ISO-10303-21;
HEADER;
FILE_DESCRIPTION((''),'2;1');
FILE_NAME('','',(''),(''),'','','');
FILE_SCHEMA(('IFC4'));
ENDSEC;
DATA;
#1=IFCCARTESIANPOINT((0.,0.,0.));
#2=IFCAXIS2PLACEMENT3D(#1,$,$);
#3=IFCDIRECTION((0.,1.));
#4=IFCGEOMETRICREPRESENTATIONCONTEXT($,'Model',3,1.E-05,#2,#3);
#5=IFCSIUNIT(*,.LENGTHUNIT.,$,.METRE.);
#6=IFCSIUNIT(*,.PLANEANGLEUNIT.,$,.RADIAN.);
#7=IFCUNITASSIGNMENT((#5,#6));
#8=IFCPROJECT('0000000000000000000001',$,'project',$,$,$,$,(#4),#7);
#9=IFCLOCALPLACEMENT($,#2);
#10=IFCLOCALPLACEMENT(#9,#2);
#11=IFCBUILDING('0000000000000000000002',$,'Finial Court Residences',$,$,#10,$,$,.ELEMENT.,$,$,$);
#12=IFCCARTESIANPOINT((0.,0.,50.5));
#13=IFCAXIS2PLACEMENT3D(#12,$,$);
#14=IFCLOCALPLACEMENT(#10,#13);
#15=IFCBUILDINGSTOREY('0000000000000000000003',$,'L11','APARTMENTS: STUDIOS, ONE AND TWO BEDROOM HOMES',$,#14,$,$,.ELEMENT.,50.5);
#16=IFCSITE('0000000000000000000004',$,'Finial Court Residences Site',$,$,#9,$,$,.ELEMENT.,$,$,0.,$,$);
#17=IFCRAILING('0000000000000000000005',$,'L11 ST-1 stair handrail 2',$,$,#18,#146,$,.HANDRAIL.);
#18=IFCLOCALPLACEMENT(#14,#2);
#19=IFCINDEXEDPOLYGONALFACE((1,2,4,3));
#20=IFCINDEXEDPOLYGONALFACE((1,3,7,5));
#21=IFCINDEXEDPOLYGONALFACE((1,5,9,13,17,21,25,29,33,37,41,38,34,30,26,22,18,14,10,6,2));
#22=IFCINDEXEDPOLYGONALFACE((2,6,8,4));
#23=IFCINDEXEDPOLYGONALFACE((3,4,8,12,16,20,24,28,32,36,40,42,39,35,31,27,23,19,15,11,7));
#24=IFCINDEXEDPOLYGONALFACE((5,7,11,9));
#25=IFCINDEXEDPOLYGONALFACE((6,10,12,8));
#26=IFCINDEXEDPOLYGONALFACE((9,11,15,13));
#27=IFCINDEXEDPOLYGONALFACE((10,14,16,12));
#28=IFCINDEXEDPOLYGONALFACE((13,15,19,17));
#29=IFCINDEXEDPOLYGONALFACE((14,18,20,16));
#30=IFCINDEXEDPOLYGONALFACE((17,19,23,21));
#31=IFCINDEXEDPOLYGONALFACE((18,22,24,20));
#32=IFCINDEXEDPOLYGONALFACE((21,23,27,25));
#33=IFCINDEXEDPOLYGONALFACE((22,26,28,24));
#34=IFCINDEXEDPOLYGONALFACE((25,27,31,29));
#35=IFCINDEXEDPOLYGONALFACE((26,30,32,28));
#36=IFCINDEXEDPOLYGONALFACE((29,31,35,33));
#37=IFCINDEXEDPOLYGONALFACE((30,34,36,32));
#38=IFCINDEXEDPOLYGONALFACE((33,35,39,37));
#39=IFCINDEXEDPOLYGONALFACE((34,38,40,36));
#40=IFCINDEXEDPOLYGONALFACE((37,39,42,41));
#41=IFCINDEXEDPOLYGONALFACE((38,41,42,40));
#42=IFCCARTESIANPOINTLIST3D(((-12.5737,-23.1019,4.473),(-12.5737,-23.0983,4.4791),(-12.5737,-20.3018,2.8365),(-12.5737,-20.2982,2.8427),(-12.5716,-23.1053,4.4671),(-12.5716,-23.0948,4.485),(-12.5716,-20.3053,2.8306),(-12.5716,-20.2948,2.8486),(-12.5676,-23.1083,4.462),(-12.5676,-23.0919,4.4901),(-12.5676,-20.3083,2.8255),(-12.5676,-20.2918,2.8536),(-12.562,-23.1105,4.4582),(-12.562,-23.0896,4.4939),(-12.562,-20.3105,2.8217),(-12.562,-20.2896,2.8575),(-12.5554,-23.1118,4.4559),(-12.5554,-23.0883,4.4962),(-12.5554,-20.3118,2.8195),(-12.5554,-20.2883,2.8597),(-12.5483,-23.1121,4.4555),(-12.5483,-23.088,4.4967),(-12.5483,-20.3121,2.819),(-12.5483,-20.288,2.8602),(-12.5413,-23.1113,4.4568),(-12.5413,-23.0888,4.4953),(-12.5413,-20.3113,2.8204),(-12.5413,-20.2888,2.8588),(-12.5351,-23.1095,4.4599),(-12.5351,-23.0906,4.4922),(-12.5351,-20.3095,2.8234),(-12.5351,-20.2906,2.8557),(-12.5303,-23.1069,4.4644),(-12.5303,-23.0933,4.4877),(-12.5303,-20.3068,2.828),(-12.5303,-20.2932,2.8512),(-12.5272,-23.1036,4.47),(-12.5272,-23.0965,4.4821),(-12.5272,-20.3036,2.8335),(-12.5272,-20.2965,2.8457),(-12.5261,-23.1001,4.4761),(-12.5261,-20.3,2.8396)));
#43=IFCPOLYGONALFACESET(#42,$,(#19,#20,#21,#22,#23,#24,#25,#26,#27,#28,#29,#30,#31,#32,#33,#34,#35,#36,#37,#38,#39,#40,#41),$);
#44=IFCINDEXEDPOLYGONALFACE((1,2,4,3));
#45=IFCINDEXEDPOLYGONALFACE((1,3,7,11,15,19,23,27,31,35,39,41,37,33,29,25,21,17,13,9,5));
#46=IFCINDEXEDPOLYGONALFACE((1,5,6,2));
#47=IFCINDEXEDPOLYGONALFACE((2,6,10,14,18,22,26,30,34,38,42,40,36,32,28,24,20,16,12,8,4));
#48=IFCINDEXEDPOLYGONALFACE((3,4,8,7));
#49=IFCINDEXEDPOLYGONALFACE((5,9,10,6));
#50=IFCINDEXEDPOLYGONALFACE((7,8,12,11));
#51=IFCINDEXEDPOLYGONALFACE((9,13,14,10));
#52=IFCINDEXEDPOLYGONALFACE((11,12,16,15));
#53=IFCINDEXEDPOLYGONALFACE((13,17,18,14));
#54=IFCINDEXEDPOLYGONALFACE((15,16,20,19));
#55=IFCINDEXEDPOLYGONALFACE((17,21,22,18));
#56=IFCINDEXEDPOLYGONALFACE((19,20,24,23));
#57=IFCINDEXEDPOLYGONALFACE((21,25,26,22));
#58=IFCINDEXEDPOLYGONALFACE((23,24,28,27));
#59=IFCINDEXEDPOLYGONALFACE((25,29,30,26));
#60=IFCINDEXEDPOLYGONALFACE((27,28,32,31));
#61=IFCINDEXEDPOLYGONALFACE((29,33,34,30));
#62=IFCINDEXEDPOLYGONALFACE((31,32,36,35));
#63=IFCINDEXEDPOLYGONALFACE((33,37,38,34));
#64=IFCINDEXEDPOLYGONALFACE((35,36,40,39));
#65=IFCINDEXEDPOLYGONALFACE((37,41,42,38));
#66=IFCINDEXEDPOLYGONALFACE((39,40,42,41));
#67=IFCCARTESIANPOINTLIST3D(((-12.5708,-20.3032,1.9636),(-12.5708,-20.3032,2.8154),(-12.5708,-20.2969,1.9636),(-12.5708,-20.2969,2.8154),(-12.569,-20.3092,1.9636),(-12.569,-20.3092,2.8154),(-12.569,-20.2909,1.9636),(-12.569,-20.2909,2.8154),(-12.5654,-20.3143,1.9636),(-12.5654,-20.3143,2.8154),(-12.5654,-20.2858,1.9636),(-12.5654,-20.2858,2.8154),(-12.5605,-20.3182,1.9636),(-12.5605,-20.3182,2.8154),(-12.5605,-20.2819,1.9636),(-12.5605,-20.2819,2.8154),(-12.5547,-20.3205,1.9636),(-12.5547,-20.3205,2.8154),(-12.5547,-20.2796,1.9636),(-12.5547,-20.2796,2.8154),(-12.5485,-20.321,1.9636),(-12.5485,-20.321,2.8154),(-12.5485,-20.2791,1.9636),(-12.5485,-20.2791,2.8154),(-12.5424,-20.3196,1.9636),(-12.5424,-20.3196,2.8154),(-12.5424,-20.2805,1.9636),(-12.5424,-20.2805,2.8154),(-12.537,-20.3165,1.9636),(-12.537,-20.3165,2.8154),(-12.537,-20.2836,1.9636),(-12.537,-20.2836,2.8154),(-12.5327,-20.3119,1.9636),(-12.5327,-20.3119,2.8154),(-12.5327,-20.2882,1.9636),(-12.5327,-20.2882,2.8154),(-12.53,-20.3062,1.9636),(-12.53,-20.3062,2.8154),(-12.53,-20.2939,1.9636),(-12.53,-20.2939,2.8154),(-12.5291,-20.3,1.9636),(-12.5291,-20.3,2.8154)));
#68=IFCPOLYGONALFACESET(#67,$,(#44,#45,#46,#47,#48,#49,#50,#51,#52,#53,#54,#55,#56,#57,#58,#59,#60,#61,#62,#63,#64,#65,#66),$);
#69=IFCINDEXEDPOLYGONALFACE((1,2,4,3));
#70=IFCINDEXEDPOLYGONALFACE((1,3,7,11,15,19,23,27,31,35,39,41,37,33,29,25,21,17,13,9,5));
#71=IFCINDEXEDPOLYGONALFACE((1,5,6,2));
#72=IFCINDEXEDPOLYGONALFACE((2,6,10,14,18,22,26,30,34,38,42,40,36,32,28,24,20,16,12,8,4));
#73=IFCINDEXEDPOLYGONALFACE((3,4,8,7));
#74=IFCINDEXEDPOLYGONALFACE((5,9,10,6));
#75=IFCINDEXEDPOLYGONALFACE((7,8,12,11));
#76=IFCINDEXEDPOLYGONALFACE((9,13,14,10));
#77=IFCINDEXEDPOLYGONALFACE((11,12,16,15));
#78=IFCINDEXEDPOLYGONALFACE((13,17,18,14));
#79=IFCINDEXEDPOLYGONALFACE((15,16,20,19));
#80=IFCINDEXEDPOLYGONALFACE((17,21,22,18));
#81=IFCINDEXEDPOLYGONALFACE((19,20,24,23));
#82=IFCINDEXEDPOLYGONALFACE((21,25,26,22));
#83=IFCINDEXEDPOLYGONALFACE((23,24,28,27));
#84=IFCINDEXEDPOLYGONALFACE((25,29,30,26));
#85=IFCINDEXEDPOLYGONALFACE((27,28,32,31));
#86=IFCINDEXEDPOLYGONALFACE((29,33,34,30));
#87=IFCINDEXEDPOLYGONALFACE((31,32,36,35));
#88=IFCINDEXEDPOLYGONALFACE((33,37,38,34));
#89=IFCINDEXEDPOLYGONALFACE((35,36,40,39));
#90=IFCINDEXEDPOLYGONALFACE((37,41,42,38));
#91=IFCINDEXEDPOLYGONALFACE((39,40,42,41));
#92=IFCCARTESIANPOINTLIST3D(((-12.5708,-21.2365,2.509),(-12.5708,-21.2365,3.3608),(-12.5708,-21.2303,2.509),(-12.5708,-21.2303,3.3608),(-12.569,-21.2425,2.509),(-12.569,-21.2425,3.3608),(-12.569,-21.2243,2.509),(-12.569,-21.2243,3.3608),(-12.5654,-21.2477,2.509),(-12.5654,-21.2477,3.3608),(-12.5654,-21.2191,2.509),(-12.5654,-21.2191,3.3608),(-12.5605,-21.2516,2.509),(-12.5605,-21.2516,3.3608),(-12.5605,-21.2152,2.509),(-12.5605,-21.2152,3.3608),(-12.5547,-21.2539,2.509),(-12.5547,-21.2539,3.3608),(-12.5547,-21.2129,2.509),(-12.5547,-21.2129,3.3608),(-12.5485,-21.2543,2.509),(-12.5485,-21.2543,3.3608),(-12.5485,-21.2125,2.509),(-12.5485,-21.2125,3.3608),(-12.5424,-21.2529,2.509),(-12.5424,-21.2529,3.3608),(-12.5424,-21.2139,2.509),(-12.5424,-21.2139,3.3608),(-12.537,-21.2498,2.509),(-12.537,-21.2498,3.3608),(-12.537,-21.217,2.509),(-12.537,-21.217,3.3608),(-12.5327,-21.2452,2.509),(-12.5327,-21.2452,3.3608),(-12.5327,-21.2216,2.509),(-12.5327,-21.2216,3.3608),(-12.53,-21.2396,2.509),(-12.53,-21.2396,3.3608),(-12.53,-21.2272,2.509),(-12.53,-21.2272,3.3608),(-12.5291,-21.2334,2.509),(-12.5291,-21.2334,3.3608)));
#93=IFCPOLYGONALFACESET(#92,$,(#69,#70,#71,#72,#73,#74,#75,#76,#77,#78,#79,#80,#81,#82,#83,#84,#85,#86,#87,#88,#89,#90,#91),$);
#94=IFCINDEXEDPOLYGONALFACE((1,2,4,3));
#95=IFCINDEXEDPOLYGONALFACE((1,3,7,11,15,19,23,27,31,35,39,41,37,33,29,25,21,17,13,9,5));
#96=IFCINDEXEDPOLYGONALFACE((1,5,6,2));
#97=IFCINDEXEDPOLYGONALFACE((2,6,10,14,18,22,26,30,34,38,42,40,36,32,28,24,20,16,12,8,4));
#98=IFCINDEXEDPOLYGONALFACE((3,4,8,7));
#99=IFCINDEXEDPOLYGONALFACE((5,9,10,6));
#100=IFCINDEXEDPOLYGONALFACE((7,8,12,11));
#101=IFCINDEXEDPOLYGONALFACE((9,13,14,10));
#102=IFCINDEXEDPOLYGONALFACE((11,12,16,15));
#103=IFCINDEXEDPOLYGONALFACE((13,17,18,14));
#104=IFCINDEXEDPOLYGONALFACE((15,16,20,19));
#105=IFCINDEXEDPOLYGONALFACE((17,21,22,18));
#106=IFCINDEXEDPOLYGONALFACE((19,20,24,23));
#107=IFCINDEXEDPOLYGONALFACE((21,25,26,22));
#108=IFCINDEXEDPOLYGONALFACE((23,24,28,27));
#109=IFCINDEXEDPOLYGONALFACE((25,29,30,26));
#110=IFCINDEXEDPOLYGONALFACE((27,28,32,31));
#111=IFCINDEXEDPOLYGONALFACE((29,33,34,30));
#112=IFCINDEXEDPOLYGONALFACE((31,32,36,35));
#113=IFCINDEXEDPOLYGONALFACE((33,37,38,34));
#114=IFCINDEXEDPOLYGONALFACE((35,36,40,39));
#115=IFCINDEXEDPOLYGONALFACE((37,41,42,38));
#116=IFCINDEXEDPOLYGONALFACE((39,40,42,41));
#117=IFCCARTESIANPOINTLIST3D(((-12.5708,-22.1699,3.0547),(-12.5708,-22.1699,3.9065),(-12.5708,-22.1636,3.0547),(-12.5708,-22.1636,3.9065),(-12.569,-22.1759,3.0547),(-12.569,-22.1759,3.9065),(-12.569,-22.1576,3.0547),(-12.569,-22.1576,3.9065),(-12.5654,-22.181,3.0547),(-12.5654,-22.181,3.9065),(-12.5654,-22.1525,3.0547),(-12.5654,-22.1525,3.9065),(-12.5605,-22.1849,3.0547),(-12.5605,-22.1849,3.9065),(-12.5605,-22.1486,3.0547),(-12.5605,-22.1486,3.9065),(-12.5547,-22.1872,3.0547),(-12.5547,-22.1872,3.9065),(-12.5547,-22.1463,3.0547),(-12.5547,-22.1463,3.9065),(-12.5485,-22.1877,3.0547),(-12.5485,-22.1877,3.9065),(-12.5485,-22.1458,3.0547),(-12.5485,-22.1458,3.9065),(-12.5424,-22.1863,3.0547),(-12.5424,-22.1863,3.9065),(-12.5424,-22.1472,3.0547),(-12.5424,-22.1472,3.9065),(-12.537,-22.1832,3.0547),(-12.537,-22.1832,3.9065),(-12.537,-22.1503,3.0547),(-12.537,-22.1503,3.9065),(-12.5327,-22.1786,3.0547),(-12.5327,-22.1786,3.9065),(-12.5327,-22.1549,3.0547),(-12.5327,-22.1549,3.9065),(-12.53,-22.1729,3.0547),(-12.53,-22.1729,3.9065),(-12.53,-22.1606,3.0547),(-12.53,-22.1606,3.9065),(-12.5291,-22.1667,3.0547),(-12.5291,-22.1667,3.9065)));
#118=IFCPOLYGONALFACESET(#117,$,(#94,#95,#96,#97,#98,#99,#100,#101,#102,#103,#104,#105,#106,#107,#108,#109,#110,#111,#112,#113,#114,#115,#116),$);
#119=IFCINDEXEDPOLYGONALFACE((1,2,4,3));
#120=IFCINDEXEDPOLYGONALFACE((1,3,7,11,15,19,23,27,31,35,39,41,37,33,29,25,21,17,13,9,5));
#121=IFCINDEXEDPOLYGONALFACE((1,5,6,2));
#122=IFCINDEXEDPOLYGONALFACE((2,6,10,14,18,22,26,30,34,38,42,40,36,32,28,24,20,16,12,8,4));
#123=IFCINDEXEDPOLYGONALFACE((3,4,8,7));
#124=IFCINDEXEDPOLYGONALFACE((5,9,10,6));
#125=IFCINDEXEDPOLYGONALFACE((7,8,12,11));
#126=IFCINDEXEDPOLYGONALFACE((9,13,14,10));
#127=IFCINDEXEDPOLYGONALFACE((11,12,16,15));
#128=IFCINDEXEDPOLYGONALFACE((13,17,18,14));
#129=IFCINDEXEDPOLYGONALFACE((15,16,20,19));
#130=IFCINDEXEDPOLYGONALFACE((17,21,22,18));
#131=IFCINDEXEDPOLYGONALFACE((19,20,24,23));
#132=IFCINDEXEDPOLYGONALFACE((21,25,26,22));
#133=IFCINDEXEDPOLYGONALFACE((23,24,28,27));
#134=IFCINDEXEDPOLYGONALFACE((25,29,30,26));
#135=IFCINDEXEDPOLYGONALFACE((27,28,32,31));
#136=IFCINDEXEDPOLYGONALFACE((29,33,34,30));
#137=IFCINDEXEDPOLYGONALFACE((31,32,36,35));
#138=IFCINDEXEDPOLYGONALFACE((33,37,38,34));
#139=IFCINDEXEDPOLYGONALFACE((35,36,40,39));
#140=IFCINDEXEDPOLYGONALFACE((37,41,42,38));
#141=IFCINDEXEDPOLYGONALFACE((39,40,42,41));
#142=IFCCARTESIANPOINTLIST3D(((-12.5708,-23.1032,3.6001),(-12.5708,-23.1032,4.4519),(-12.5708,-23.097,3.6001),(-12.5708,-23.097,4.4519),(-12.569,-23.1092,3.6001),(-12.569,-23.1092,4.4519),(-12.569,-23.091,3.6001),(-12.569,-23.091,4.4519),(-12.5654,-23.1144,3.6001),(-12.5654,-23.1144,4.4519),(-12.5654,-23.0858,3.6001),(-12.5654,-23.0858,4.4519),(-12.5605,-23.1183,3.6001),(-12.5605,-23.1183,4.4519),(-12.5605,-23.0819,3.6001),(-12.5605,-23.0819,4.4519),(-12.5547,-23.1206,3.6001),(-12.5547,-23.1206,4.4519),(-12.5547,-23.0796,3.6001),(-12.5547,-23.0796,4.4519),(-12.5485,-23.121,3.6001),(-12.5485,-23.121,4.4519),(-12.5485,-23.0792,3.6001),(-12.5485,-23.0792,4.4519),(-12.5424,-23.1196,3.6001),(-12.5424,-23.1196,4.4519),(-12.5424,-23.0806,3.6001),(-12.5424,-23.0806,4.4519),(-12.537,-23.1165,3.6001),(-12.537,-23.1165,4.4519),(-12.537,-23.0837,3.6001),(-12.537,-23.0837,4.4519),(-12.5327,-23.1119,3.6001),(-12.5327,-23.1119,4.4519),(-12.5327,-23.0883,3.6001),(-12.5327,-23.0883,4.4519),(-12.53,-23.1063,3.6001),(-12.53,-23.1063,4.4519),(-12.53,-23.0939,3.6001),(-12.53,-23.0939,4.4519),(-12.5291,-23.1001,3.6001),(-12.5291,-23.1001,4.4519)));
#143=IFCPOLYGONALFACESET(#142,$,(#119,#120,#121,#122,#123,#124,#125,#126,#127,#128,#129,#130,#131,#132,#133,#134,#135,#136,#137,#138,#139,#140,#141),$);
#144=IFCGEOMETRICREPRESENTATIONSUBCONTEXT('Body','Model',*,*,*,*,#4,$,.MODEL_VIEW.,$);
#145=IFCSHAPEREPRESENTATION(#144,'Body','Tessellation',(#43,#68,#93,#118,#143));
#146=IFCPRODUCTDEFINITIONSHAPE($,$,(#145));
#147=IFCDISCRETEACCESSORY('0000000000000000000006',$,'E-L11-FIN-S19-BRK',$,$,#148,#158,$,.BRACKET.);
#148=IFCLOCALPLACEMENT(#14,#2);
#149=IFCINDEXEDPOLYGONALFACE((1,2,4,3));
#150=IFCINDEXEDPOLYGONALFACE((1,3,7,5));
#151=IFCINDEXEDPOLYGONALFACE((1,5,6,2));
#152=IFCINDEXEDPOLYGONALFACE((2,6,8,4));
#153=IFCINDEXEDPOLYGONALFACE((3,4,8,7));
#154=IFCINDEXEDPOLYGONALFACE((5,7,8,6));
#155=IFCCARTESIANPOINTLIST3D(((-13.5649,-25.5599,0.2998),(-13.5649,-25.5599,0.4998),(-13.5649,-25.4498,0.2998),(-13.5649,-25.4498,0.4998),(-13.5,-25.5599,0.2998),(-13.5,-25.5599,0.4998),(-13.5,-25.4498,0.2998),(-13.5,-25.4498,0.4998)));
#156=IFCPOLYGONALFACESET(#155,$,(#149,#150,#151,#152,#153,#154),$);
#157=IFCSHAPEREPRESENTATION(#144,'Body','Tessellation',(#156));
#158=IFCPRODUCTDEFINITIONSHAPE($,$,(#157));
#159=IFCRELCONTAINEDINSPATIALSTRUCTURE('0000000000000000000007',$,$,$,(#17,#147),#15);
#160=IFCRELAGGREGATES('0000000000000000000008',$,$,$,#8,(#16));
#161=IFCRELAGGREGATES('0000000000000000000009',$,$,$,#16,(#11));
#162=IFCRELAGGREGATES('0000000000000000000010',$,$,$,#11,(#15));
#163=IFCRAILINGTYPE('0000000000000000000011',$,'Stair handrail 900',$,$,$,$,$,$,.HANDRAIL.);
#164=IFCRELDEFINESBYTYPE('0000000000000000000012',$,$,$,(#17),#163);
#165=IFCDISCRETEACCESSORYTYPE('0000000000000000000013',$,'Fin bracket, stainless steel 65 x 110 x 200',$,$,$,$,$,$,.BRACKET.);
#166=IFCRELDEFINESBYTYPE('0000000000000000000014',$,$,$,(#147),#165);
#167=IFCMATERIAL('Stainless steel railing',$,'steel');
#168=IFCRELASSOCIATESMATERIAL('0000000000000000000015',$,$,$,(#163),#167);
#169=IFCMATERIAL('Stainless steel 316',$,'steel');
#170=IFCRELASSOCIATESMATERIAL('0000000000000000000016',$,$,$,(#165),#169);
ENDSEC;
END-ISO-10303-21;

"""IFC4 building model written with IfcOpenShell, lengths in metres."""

from ifc_helpers import new_model, si_unit, direction, frame, origin, origin_2d, place, context, subcontext, project, spatial, rectangle, circle, extrude, material, type_object, element, save


model = new_model("IFC4")

# Units and contexts
model_context = context("Model", 3, precision=1e-05, world=origin(), true_north=direction((0.0, 1.0)))
body_context = subcontext(model_context, "Body", "Model", "MODEL_VIEW")
ifc_project = project(units=[si_unit("LENGTHUNIT", "METRE"), si_unit("PLANEANGLEUNIT", "RADIAN")], contexts=[model_context])

# Site, building, storey
site_placement = place(None, origin())
site = spatial("IfcSite", under=ifc_project, at=site_placement, Name="Finial Court Residences Site", CompositionType="ELEMENT", RefElevation=0.0)
building_placement = place(site_placement, origin())
building = spatial("IfcBuilding", under=site, at=building_placement, Name="Finial Court Residences", CompositionType="ELEMENT")
storey_placement = place(building_placement, frame((0.0, 0.0, 50.5)))
storey = spatial("IfcBuildingStorey", under=building, at=storey_placement, Name="L11", Description="APARTMENTS: STUDIOS, ONE AND TWO BEDROOM HOMES", CompositionType="ELEMENT", Elevation=50.5)

# Railing
ifc_material_1 = material(Name="Stainless steel railing", Category="steel")
railing_type_1 = type_object("IfcRailingType", Name="Stair handrail 900", PredefinedType="HANDRAIL", material=ifc_material_1)
railing_1_placement = place(storey_placement, frame((-12.55, -20.3, 1.9636)))
element("IfcRailing", 1, at=railing_1_placement, inside=storey, type_object=railing_type_1, Name="L11 ST-1 stair handrail 2", PredefinedType="HANDRAIL", context=body_context, shape_type="SweptSolid", body=[
    extrude(circle(Radius=0.0239, at=origin_2d()), frame((0.0, 0.0, 0.876), z_axis=(0.0, -0.863361, 0.504587), x_axis=(1.0, 0.0, 0.0)), (0.0, 0.0, 1.0), 3.2432),
    extrude(circle(Radius=0.021, at=origin_2d()), origin(), (0.0, 0.0, 1.0), 0.8518),
    extrude(circle(Radius=0.021, at=origin_2d()), frame((0.0, -0.9333, 0.5454)), (0.0, 0.0, 1.0), 0.8518),
    extrude(circle(Radius=0.021, at=origin_2d()), frame((0.0, -1.8667, 1.0911)), (0.0, 0.0, 1.0), 0.8518),
    extrude(circle(Radius=0.021, at=origin_2d()), frame((0.0, -2.8, 1.6365)), (0.0, 0.0, 1.0), 0.8518),
])

# Discrete accessory
ifc_material_2 = material(Name="Stainless steel 316", Category="steel")
discrete_accessory_type = type_object("IfcDiscreteAccessoryType", Name="Fin bracket, stainless steel 65 x 110 x 200", PredefinedType="BRACKET", material=ifc_material_2)
discrete_accessory_placement = place(storey_placement, frame((-13.5325, -25.5049, 0.2998), z_axis=(0.0, 0.0, 1.0), x_axis=(1.0, 0.0, 0.0)))
element("IfcDiscreteAccessory", 2, at=discrete_accessory_placement, inside=storey, type_object=discrete_accessory_type, Name="E-L11-FIN-S19-BRK", PredefinedType="BRACKET", context=body_context, shape_type="SweptSolid", body=[
    extrude(rectangle(XDim=0.0649, YDim=0.1101, at=origin_2d()), origin(), (0.0, 0.0, 1.0), 0.2),
])

save(model, "model.ifc")
